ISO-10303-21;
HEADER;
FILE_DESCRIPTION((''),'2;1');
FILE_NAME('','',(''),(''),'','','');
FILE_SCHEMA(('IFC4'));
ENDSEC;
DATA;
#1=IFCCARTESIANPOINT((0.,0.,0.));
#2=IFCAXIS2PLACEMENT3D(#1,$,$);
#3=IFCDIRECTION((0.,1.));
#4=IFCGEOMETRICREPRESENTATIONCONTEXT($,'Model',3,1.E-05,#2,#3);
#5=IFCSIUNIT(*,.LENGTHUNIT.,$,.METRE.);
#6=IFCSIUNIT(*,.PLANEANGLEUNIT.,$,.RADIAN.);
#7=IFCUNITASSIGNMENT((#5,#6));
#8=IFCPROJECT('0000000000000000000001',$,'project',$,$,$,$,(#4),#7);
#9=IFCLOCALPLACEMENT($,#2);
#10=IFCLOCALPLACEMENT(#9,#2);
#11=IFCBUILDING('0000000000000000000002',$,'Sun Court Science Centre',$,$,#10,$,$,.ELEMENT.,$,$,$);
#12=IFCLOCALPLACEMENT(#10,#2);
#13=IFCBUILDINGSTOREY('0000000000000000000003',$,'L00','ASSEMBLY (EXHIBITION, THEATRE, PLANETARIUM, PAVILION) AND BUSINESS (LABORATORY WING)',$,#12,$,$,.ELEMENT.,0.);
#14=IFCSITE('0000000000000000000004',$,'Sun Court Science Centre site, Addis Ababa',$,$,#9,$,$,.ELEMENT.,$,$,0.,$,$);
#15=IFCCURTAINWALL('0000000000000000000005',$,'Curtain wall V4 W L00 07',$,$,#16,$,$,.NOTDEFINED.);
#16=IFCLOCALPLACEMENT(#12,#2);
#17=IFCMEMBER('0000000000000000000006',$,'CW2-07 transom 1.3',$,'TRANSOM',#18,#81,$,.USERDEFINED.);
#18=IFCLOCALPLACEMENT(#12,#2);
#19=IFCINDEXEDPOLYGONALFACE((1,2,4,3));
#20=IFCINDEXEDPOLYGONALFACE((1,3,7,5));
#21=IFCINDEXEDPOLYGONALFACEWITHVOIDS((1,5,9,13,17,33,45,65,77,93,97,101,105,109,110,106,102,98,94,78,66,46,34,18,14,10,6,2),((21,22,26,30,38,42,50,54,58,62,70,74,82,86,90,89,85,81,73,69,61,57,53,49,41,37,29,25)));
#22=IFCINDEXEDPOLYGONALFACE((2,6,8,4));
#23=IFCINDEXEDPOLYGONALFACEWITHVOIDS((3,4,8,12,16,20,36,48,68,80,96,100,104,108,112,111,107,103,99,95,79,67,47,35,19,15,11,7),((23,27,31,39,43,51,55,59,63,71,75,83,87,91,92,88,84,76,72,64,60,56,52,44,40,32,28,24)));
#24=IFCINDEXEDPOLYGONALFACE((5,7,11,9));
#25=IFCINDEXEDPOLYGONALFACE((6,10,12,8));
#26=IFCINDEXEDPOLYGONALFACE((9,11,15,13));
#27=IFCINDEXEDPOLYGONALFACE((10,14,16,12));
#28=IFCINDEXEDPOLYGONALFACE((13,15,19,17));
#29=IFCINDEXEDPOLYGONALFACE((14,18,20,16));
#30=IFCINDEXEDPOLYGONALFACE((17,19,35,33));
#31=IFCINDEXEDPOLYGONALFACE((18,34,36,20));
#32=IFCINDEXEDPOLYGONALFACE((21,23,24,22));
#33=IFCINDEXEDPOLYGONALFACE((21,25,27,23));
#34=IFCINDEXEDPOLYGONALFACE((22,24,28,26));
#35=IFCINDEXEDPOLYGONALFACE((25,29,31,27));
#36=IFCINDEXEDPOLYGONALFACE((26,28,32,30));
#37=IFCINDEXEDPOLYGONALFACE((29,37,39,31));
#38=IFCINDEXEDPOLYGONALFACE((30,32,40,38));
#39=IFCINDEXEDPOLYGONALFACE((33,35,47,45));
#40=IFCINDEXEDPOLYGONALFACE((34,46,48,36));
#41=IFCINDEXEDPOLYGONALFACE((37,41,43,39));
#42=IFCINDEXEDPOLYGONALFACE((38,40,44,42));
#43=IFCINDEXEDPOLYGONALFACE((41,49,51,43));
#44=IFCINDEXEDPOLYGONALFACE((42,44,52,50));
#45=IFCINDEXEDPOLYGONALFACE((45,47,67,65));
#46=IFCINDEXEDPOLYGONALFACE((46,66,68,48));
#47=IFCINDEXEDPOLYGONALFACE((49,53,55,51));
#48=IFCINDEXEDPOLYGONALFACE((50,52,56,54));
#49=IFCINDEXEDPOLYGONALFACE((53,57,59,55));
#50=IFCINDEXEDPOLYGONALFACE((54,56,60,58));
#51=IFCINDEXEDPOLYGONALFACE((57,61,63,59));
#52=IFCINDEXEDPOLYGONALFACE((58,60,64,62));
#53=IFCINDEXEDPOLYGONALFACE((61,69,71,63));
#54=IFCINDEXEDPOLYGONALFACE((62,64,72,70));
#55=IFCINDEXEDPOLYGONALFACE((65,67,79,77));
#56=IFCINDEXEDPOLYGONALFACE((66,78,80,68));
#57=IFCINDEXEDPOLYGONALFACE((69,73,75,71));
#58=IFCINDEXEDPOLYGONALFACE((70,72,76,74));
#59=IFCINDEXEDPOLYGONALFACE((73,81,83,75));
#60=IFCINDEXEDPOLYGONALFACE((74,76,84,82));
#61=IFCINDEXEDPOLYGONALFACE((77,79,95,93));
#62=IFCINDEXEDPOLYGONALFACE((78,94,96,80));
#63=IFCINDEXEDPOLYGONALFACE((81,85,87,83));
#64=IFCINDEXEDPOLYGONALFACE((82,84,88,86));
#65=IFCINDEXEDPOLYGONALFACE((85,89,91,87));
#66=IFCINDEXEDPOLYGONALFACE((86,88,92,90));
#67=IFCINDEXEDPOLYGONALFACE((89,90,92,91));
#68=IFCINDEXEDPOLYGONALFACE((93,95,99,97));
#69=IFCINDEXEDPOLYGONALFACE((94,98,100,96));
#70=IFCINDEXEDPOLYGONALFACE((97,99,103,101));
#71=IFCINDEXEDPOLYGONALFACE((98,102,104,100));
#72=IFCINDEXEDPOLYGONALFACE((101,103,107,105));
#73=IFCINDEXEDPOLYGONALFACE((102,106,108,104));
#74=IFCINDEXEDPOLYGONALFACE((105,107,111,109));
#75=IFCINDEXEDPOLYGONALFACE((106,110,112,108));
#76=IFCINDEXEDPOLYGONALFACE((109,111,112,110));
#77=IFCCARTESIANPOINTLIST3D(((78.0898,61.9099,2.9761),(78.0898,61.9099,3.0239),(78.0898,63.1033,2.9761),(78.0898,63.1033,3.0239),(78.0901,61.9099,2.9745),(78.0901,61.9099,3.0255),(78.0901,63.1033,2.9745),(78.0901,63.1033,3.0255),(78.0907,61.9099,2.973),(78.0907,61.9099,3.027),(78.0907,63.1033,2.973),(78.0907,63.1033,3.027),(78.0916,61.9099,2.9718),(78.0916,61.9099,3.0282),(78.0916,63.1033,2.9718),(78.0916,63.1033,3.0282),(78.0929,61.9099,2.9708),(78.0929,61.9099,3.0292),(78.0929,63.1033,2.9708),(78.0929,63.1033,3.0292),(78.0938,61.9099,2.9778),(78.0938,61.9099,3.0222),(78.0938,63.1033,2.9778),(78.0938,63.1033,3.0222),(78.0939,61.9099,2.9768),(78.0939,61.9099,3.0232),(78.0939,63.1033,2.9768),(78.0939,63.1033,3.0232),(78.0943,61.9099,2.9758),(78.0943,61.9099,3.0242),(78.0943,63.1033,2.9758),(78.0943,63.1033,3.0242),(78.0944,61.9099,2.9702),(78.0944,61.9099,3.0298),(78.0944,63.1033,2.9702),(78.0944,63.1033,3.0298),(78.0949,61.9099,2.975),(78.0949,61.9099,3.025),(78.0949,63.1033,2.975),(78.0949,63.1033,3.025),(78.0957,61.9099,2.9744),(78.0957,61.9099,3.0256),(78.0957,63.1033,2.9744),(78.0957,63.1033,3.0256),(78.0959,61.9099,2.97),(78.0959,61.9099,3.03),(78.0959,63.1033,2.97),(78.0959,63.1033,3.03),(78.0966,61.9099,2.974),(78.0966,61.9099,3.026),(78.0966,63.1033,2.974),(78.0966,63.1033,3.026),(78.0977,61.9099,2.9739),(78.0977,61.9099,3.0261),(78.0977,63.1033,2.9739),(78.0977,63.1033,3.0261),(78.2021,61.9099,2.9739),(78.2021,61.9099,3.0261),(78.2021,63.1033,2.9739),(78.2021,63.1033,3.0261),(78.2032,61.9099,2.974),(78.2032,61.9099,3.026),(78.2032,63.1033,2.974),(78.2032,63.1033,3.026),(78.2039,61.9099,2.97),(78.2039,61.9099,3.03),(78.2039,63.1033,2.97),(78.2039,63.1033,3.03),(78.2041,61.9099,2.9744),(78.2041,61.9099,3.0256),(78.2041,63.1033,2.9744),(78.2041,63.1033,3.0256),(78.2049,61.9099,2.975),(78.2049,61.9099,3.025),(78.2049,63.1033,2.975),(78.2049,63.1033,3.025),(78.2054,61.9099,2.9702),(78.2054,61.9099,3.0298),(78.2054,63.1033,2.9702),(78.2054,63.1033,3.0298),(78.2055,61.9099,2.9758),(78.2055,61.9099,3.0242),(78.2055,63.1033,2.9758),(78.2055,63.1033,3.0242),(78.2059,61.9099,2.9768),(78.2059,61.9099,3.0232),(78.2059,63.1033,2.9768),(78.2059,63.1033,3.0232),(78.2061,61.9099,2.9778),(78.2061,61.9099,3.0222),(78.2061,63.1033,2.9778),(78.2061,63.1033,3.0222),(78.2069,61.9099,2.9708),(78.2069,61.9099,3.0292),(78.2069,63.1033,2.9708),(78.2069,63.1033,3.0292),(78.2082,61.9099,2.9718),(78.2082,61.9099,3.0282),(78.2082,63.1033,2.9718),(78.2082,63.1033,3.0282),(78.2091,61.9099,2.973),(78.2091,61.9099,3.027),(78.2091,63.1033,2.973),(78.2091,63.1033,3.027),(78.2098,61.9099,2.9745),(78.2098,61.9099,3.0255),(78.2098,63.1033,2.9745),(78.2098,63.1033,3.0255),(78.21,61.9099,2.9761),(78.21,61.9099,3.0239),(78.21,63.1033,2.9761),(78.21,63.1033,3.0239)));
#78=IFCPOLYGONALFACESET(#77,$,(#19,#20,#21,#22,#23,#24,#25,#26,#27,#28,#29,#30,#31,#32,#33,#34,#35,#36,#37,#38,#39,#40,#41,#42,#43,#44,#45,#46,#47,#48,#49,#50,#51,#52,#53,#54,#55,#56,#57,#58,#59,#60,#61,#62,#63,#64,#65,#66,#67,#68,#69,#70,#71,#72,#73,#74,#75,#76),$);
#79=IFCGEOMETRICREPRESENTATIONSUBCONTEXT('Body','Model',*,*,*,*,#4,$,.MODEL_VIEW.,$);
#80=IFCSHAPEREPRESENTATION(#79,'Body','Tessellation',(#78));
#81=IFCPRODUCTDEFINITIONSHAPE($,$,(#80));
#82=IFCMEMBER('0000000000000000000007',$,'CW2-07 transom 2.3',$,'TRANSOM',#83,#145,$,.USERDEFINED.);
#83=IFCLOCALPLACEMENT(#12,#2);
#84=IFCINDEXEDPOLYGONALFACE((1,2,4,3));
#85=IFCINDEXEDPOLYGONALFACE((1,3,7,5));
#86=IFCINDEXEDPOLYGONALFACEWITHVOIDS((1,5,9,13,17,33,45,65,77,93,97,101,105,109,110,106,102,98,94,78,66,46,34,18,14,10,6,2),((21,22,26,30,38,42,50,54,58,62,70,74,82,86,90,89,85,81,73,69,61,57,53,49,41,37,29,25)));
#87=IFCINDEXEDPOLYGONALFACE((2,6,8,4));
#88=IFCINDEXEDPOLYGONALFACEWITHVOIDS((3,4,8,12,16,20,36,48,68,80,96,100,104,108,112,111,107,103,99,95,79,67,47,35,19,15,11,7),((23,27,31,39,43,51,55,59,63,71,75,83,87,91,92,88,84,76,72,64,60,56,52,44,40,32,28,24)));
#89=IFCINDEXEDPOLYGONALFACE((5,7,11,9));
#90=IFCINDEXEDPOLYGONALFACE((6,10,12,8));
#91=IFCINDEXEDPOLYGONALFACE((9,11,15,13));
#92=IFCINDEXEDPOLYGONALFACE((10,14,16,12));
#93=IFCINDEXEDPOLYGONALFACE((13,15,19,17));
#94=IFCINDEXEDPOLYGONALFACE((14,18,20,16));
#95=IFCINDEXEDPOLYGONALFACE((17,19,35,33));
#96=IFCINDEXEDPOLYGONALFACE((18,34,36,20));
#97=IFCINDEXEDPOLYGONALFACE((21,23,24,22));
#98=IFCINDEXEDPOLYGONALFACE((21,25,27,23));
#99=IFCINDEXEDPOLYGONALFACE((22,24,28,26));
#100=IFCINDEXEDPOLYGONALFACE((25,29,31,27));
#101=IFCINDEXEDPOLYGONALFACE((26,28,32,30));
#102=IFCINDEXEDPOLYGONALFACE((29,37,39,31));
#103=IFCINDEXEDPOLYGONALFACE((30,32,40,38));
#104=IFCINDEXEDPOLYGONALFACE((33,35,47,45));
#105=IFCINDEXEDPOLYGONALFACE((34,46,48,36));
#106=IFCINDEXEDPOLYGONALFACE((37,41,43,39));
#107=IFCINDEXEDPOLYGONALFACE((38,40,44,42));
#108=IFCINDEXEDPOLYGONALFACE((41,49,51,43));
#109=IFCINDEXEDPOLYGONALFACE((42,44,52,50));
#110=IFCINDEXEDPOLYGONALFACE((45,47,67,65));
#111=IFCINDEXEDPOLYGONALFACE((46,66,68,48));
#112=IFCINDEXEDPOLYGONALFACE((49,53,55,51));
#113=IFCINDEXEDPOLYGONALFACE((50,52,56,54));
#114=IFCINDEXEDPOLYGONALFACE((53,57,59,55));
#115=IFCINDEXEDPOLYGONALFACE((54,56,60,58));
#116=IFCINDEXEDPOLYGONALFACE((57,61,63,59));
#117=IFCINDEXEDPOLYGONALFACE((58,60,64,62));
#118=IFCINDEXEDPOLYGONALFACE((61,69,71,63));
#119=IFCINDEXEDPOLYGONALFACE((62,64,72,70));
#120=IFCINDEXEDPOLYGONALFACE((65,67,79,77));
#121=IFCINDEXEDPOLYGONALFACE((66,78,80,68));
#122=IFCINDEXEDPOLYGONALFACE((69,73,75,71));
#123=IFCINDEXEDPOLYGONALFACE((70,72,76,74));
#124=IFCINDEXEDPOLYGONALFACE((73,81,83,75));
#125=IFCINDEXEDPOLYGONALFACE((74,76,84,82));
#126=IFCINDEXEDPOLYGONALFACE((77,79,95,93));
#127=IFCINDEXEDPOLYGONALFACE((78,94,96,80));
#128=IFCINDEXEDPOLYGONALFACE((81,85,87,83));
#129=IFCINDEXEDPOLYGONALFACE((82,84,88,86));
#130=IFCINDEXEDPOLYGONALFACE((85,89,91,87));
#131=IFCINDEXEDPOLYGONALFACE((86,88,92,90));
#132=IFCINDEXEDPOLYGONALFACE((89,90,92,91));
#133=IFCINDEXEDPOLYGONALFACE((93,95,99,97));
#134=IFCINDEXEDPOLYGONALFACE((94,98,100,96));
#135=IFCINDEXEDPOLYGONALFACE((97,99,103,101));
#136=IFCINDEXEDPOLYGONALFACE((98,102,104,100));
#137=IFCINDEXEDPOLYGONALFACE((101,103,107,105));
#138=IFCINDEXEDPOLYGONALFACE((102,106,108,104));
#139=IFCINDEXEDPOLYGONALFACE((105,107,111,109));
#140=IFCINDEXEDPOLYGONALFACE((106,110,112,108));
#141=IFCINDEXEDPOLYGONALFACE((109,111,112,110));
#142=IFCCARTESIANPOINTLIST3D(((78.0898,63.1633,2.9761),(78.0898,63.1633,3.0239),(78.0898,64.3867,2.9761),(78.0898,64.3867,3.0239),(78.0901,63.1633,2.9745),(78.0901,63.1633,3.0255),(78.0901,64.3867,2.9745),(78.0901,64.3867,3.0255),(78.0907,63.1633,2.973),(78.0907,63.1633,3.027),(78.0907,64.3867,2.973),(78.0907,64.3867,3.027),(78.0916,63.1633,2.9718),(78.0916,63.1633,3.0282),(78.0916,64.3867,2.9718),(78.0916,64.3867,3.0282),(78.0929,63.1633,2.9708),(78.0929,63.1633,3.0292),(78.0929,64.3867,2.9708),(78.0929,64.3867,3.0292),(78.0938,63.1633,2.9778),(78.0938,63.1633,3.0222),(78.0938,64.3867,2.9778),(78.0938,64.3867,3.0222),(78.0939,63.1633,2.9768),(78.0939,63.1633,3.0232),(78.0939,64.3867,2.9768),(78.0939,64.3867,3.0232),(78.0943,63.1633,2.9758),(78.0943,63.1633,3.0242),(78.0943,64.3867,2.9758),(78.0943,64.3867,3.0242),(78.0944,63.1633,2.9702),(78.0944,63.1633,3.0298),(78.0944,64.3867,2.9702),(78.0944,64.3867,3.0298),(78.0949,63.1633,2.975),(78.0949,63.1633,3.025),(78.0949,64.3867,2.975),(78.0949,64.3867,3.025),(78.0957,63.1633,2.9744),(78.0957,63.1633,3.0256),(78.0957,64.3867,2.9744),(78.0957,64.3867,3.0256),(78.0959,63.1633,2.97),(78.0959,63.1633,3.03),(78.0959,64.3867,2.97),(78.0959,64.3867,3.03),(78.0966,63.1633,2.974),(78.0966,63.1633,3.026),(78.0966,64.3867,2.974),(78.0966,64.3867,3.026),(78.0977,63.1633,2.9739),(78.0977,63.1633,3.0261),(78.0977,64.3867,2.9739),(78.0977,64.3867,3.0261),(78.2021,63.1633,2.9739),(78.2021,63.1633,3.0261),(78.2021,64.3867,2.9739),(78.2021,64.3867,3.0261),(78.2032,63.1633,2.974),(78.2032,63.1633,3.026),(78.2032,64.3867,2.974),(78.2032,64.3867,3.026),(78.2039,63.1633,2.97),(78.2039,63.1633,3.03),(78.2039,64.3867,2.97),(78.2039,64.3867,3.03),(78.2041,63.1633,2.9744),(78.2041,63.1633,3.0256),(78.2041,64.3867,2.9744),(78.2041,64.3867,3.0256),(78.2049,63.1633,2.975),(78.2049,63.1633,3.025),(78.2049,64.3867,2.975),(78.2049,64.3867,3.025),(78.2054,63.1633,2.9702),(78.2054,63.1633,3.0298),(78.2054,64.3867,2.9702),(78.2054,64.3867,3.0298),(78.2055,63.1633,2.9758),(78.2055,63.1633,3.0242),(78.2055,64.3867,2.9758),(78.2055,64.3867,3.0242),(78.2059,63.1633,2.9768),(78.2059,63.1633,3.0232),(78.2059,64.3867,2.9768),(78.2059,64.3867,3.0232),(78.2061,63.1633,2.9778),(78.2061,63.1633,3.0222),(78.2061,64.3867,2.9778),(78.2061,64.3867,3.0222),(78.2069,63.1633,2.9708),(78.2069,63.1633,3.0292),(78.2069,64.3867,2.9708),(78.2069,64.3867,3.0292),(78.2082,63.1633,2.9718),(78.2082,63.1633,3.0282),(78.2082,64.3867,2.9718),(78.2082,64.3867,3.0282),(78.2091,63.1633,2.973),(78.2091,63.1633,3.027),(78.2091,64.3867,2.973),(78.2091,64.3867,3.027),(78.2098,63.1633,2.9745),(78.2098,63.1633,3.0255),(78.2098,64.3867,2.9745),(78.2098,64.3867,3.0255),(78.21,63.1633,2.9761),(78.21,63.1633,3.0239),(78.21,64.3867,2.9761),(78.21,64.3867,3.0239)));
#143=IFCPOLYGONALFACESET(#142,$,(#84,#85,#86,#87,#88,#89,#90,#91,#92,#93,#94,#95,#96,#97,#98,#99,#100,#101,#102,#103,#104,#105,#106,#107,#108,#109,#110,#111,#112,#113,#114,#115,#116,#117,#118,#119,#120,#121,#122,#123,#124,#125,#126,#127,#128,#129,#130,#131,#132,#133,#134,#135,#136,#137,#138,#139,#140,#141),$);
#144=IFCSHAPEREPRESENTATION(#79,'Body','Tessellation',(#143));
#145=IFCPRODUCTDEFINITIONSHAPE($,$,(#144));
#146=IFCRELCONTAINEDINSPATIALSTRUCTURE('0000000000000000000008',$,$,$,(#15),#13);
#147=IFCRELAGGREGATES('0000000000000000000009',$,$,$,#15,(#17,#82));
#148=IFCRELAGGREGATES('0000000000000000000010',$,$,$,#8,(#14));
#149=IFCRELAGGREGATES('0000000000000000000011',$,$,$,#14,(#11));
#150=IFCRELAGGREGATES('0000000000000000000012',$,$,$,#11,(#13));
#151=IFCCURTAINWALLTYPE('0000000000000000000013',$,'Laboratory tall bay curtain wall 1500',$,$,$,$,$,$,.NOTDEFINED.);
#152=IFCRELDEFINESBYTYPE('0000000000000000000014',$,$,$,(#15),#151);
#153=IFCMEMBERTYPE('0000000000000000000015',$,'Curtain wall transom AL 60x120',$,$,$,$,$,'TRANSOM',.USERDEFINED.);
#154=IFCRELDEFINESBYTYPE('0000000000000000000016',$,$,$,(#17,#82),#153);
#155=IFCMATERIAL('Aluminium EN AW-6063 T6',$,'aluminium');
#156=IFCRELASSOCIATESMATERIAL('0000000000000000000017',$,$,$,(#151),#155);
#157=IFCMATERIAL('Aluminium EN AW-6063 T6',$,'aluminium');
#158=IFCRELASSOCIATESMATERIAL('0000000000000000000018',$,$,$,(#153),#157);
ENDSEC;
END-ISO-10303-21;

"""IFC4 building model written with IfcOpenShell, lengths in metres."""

from ifc_helpers import new_model, si_unit, direction, frame, origin, origin_2d, place, context, subcontext, project, spatial, hollow_rectangle, extrude, material, material_profile, profile_set, type_object, element, aggregate, save


model = new_model("IFC4")

# Units and contexts
model_context = context("Model", 3, precision=1e-05, world=origin(), true_north=direction((0.0, 1.0)))
body_context = subcontext(model_context, "Body", "Model", "MODEL_VIEW")
ifc_project = project(units=[si_unit("LENGTHUNIT", "METRE"), si_unit("PLANEANGLEUNIT", "RADIAN")], contexts=[model_context])

# Site, building, storey
site_placement = place(None, origin())
site = spatial("IfcSite", under=ifc_project, at=site_placement, Name="Sun Court Science Centre site, Addis Ababa", CompositionType="ELEMENT", RefElevation=0.0)
building_placement = place(site_placement, origin())
building = spatial("IfcBuilding", under=site, at=building_placement, Name="Sun Court Science Centre", CompositionType="ELEMENT")
storey_placement = place(building_placement, origin())
storey = spatial("IfcBuildingStorey", under=building, at=storey_placement, Name="L00", Description="ASSEMBLY (EXHIBITION, THEATRE, PLANETARIUM, PAVILION) AND BUSINESS (LABORATORY WING)", CompositionType="ELEMENT", Elevation=0.0)

# Curtain wall, members
ifc_material_1 = material(Name="Aluminium EN AW-6063 T6", Category="aluminium")
curtain_wall_type = type_object("IfcCurtainWallType", Name="Laboratory tall bay curtain wall 1500", PredefinedType="NOTDEFINED", material=ifc_material_1)
curtain_wall_placement = place(storey_placement, origin())
curtain_wall = element("IfcCurtainWall", 1, at=curtain_wall_placement, inside=storey, type_object=curtain_wall_type, Name="Curtain wall V4 W L00 07", PredefinedType="NOTDEFINED")
ifc_material_2 = material(Name="Aluminium EN AW-6063 T6", Category="aluminium")
ifc_material_profile_1 = material_profile(ifc_material_2, hollow_rectangle(XDim=0.0601, YDim=0.1201, WallThickness=0.0039, InnerFilletRadius=0.0039, OuterFilletRadius=0.0061, at=origin_2d()), Name="AL 60x120x4")
ifc_profile_set_1 = profile_set([ifc_material_profile_1], Name="Aluminium EN AW-6063 T6")
member_type_1 = type_object("IfcMemberType", Name="Curtain wall transom AL 60x120", ElementType="TRANSOM", PredefinedType="USERDEFINED", material=ifc_profile_set_1)
member_1_placement = place(storey_placement, frame((78.1499, 61.9099, 3.0), z_axis=(0.0, 1.0, 0.0), x_axis=(0.0, 0.0, 1.0)))
member_1 = element("IfcMember", 2, at=member_1_placement, type_object=member_type_1, Name="CW2-07 transom 1.3", ObjectType="TRANSOM", PredefinedType="USERDEFINED", context=body_context, shape_type="SweptSolid", body=[
    extrude(hollow_rectangle(XDim=0.0601, YDim=0.1201, WallThickness=0.0039, InnerFilletRadius=0.0039, OuterFilletRadius=0.0061, at=origin_2d()), origin(), (0.0, 0.0, 1.0), 1.1934),
])
member_2_placement = place(storey_placement, frame((78.1499, 63.1633, 3.0), z_axis=(0.0, 1.0, 0.0), x_axis=(0.0, 0.0, 1.0)))
member_2 = element("IfcMember", 3, at=member_2_placement, type_object=member_type_1, Name="CW2-07 transom 2.3", ObjectType="TRANSOM", PredefinedType="USERDEFINED", context=body_context, shape_type="SweptSolid", body=[
    extrude(hollow_rectangle(XDim=0.0601, YDim=0.1201, WallThickness=0.0039, InnerFilletRadius=0.0039, OuterFilletRadius=0.0061, at=origin_2d()), origin(), (0.0, 0.0, 1.0), 1.2234),
])

aggregate(curtain_wall, [member_1, member_2])

save(model, "model.ifc")
